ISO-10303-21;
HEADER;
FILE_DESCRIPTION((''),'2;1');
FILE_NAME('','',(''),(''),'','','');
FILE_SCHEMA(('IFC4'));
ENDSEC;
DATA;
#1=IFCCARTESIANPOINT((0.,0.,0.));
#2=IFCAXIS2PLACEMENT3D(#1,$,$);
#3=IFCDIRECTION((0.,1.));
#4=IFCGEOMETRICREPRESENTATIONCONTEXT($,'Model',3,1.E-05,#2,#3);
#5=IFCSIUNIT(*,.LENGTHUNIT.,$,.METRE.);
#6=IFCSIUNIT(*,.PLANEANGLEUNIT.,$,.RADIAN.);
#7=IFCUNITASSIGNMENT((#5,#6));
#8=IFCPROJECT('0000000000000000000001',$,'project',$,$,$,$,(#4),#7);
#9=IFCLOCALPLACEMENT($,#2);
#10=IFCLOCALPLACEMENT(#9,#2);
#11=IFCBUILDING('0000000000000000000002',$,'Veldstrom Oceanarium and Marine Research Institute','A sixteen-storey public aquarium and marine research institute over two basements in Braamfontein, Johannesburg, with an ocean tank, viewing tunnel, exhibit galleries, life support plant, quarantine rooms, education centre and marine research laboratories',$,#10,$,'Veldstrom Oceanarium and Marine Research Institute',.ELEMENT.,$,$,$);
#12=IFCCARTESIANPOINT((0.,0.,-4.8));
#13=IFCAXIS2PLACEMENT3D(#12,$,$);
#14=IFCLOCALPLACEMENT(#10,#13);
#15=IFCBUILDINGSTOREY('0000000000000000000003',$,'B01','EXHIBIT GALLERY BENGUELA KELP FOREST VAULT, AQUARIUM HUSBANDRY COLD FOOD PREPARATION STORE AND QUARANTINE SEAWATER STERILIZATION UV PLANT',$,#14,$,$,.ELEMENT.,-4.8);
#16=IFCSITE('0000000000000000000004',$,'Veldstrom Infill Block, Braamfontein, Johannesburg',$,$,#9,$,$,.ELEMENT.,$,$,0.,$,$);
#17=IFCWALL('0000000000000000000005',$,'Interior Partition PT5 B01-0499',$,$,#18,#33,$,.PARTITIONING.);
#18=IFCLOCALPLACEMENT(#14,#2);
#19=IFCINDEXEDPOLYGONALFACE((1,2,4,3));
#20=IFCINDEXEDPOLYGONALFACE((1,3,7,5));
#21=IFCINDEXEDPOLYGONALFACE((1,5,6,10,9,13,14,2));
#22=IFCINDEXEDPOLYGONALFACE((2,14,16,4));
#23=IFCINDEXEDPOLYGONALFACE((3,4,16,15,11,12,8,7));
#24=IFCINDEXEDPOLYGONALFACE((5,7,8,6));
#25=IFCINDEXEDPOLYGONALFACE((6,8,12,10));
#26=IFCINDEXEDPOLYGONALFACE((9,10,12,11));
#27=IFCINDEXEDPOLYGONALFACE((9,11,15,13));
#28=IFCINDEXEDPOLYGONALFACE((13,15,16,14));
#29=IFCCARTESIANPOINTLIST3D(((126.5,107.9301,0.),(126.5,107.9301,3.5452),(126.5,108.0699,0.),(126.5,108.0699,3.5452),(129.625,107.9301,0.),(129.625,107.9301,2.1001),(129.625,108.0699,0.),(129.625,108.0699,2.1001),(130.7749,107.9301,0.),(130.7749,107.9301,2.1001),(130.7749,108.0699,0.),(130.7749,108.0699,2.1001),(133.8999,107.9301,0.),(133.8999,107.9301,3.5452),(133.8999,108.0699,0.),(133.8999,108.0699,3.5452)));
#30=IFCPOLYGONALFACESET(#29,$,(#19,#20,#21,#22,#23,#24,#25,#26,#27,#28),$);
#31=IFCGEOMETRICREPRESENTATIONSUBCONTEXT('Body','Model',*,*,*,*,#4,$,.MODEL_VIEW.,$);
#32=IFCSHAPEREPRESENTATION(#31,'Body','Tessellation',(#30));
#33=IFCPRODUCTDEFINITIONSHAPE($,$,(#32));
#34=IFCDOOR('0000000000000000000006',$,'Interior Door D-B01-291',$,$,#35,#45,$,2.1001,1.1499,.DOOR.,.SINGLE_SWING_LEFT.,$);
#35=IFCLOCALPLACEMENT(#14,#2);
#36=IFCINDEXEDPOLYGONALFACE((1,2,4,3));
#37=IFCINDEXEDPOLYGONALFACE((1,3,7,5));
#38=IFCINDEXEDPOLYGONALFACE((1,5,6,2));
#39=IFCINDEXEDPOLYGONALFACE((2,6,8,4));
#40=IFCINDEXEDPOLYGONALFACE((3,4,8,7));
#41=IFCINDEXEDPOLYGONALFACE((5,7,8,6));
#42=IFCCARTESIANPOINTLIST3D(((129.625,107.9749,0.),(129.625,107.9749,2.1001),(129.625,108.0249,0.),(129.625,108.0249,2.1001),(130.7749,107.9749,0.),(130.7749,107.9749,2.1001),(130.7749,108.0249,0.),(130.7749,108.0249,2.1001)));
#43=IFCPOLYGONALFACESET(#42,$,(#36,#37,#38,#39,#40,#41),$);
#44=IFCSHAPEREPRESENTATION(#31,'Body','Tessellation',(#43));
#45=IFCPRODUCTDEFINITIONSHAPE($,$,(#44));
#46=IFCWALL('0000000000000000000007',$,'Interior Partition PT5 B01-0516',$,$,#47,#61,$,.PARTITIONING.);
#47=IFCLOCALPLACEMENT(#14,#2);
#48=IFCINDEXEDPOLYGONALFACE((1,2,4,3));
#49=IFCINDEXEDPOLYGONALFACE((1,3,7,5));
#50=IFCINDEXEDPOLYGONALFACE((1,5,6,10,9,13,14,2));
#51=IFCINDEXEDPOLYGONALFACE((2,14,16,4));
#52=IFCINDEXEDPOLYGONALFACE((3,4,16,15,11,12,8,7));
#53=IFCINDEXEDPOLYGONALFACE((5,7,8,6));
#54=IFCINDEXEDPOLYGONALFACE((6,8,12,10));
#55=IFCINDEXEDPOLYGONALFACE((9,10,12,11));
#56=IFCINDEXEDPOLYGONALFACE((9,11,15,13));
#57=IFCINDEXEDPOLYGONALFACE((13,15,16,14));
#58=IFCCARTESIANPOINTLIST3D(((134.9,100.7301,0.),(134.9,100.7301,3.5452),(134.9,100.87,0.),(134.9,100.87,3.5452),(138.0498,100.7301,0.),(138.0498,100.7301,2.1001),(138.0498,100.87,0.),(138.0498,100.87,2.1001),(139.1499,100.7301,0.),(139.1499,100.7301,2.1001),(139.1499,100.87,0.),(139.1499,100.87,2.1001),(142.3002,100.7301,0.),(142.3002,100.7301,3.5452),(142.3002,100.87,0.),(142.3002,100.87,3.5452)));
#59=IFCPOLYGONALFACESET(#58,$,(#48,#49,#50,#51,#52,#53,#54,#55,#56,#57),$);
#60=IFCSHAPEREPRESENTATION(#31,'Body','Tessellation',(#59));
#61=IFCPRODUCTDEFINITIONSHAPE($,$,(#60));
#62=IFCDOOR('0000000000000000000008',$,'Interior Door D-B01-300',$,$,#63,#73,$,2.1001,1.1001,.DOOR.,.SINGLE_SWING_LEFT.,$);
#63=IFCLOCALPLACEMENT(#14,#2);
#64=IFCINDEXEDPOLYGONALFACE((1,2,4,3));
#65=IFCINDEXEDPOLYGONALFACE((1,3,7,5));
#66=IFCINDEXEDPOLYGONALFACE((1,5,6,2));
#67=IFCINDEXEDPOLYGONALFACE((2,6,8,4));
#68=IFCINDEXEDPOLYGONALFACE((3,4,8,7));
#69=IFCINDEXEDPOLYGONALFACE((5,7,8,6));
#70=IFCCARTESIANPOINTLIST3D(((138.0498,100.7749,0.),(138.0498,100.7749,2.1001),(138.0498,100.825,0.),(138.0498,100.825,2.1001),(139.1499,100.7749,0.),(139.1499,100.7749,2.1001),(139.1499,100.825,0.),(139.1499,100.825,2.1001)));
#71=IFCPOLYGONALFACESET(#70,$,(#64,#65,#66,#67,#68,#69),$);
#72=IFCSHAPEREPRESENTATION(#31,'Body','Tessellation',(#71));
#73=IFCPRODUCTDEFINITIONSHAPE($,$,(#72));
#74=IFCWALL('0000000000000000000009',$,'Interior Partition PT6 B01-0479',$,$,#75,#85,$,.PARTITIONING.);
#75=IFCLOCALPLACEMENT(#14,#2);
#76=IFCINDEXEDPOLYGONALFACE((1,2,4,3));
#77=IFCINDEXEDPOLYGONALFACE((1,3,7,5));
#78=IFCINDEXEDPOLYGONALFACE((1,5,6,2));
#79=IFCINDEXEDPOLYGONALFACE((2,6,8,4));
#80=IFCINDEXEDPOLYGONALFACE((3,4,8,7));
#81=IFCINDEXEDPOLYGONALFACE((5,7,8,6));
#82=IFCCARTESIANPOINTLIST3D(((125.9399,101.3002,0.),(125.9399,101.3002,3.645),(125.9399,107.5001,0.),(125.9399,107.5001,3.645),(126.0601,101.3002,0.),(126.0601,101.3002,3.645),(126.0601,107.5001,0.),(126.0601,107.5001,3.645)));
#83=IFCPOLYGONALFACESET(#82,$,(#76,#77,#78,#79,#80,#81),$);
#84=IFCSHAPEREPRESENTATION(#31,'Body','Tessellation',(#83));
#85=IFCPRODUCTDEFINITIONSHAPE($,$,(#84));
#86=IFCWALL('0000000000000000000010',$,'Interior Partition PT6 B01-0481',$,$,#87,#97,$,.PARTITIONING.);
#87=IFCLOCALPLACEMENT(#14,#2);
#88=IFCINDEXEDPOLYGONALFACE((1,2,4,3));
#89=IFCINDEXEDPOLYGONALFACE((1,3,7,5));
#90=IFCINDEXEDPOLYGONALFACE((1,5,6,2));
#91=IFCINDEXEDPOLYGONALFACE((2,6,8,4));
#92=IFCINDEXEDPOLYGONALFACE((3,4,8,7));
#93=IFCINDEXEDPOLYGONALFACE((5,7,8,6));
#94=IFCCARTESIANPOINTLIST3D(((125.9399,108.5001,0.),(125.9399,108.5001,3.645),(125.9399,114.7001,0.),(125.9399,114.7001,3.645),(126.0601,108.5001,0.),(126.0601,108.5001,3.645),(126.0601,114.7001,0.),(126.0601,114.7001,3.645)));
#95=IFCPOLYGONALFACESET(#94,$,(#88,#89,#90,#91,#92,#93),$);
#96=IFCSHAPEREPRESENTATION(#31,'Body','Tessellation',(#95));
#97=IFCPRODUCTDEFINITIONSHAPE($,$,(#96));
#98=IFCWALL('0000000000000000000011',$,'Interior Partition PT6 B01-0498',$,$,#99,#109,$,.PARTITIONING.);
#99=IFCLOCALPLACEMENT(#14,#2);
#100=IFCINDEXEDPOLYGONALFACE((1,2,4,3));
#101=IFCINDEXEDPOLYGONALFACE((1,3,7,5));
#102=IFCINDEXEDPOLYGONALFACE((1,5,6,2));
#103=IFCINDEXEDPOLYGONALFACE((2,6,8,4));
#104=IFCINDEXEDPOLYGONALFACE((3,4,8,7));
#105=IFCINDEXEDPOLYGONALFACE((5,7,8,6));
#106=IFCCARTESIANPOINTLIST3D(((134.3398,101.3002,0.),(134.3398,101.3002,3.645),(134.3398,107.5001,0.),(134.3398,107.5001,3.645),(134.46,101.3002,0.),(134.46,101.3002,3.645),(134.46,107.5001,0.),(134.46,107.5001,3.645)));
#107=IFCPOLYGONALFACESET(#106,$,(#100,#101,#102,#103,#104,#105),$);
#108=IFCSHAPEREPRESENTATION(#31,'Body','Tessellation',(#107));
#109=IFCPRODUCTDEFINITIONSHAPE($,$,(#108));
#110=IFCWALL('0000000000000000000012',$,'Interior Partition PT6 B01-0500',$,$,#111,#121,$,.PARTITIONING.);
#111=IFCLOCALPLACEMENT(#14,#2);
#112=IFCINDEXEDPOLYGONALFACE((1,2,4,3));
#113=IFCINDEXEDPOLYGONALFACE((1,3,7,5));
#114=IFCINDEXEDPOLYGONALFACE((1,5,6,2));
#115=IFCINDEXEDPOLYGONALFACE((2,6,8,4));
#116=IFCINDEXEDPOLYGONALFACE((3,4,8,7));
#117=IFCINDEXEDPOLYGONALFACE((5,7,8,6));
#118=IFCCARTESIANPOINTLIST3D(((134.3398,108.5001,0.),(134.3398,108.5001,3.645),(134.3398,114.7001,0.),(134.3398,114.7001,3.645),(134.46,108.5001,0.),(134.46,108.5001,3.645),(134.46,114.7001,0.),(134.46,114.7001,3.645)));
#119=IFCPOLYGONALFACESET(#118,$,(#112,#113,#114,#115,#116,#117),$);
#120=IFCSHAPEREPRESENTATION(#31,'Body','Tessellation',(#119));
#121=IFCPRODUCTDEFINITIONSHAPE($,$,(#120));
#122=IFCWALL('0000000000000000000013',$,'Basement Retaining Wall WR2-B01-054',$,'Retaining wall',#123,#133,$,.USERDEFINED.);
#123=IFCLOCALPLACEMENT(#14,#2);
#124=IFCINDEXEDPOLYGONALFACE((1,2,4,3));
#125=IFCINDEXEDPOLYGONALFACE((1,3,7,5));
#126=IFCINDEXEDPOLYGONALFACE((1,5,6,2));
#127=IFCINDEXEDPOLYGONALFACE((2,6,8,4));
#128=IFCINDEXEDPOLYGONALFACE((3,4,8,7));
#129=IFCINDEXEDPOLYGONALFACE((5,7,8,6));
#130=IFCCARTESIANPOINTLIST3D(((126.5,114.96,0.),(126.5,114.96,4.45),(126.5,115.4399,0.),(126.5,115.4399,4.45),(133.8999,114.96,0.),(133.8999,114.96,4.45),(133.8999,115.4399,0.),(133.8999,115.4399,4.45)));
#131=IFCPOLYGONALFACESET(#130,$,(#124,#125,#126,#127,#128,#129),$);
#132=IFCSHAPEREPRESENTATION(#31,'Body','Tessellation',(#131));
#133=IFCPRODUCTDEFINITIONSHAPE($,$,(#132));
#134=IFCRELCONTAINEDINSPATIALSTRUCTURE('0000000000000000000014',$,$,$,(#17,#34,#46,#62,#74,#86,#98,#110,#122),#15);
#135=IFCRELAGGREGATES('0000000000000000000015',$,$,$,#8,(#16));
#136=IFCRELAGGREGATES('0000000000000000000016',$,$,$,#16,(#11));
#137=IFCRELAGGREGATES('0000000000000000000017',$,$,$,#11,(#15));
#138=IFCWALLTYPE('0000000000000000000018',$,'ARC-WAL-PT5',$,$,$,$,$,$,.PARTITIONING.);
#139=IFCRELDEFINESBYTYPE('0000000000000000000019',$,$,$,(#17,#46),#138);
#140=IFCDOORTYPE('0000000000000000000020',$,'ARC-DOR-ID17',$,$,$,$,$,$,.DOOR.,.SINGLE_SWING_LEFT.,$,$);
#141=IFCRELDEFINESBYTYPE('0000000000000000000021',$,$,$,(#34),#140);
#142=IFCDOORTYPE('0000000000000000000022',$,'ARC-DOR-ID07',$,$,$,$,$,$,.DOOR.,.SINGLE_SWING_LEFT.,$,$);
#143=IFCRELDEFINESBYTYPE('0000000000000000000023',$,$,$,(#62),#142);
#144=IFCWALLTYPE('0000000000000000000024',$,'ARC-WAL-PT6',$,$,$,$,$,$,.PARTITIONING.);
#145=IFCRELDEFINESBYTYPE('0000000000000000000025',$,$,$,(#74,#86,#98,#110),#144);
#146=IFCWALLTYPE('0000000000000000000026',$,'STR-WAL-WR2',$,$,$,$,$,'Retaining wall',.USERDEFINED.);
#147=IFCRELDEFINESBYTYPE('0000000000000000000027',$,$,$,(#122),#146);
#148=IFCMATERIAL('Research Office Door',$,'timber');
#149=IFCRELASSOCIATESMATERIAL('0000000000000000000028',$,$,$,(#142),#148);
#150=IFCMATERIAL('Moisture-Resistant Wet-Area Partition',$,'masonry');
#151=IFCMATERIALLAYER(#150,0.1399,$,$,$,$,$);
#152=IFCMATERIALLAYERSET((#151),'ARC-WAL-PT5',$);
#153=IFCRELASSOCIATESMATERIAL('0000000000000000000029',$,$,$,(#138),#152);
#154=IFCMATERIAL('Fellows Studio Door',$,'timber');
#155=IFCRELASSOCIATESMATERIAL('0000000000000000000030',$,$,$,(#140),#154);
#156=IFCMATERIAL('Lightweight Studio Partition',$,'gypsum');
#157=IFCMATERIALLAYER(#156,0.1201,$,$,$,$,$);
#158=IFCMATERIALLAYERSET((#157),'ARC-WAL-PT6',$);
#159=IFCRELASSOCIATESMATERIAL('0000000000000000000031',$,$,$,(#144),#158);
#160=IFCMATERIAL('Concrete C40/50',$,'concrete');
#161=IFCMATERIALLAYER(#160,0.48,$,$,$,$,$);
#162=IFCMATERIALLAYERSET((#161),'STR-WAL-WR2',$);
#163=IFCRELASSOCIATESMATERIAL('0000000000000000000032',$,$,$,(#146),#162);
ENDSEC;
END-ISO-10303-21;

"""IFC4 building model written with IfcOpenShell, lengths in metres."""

from ifc_helpers import new_model, si_unit, direction, frame, frame_2d, origin, place, context, subcontext, project, spatial, rectangle, extrude, material, layer, layer_set, type_object, element, fill, save


model = new_model("IFC4")

# Units and contexts
model_context = context("Model", 3, precision=1e-05, world=origin(), true_north=direction((0.0, 1.0)))
body_context = subcontext(model_context, "Body", "Model", "MODEL_VIEW")
ifc_project = project(units=[si_unit("LENGTHUNIT", "METRE"), si_unit("PLANEANGLEUNIT", "RADIAN")], contexts=[model_context])

# Site, building, storey
site_placement = place(None, origin())
site = spatial("IfcSite", under=ifc_project, at=site_placement, Name="Veldstrom Infill Block, Braamfontein, Johannesburg", CompositionType="ELEMENT", RefElevation=0.0)
building_placement = place(site_placement, origin())
building = spatial("IfcBuilding", under=site, at=building_placement, Name="Veldstrom Oceanarium and Marine Research Institute", Description="A sixteen-storey public aquarium and marine research institute over two basements in Braamfontein, Johannesburg, with an ocean tank, viewing tunnel, exhibit galleries, life support plant, quarantine rooms, education centre and marine research laboratories", LongName="Veldstrom Oceanarium and Marine Research Institute", CompositionType="ELEMENT")
storey_placement = place(building_placement, frame((0.0, 0.0, -4.8)))
storey = spatial("IfcBuildingStorey", under=building, at=storey_placement, Name="B01", Description="EXHIBIT GALLERY BENGUELA KELP FOREST VAULT, AQUARIUM HUSBANDRY COLD FOOD PREPARATION STORE AND QUARANTINE SEAWATER STERILIZATION UV PLANT", CompositionType="ELEMENT", Elevation=-4.8)

# Walls, openings, doors
ifc_material_1 = material(Name="Research Office Door", Category="timber")
door_type_1 = type_object("IfcDoorType", Name="ARC-DOR-ID07", OperationType="SINGLE_SWING_LEFT", PredefinedType="DOOR", material=ifc_material_1)
ifc_material_2 = material(Name="Moisture-Resistant Wet-Area Partition", Category="masonry")
ifc_layer_1 = layer(ifc_material_2, 0.1399)
ifc_layer_set_1 = layer_set([ifc_layer_1], Name="ARC-WAL-PT5")
wall_type_1 = type_object("IfcWallType", Name="ARC-WAL-PT5", PredefinedType="PARTITIONING", material=ifc_layer_set_1)
wall_1_placement = place(storey_placement, frame((126.5, 108.0, 0.0), z_axis=(0.0, 0.0, 1.0), x_axis=(1.0, 0.0, 0.0)))
wall_1 = element("IfcWall", 1, at=wall_1_placement, inside=storey, type_object=wall_type_1, Name="Interior Partition PT5 B01-0499", PredefinedType="PARTITIONING", context=body_context, shape_type="SweptSolid", body=[
    extrude(rectangle(XDim=7.3999, YDim=0.1399, at=frame_2d((3.7, 0.0))), origin(), (0.0, 0.0, 1.0), 3.5452),
])
opening_1_placement = place(wall_1_placement, frame((3.125, 0.0, 0.0)))
opening_1 = element("IfcOpeningElement", 2, at=opening_1_placement, cuts=wall_1, PredefinedType="OPENING", context=body_context, shape_type="SweptSolid", body=[
    extrude(rectangle(XDim=1.1499, YDim=2.1001, at=frame_2d((0.575, 1.05))), frame((0.0, 0.0798, 0.0), z_axis=(0.0, -1.0, 0.0), x_axis=(1.0, 0.0, 0.0)), (0.0, 0.0, 1.0), 0.1599),
])
ifc_material_3 = material(Name="Fellows Studio Door", Category="timber")
door_type_2 = type_object("IfcDoorType", Name="ARC-DOR-ID17", OperationType="SINGLE_SWING_LEFT", PredefinedType="DOOR", material=ifc_material_3)
door_1_placement = place(opening_1_placement, origin())
door_1 = element("IfcDoor", 3, at=door_1_placement, inside=storey, type_object=door_type_2, Name="Interior Door D-B01-291", OperationType="SINGLE_SWING_LEFT", OverallHeight=2.1001, OverallWidth=1.1499, PredefinedType="DOOR", context=body_context, shape_type="SweptSolid", body=[
    extrude(rectangle(XDim=1.1499, YDim=2.1001, at=frame_2d((0.575, 1.05))), frame((0.0, 0.0249, 0.0), z_axis=(0.0, -1.0, 0.0), x_axis=(1.0, 0.0, 0.0)), (0.0, 0.0, 1.0), 0.05),
])
fill(opening_1, door_1)
wall_2_placement = place(storey_placement, frame((134.8999, 100.8, 0.0), z_axis=(0.0, 0.0, 1.0), x_axis=(1.0, 0.0, 0.0)))
wall_2 = element("IfcWall", 4, at=wall_2_placement, inside=storey, type_object=wall_type_1, Name="Interior Partition PT5 B01-0516", PredefinedType="PARTITIONING", context=body_context, shape_type="SweptSolid", body=[
    extrude(rectangle(XDim=7.4001, YDim=0.1399, at=frame_2d((3.7002, 0.0))), origin(), (0.0, 0.0, 1.0), 3.5452),
])
opening_2_placement = place(wall_2_placement, frame((3.1499, 0.0, 0.0)))
opening_2 = element("IfcOpeningElement", 5, at=opening_2_placement, cuts=wall_2, PredefinedType="OPENING", context=body_context, shape_type="SweptSolid", body=[
    extrude(rectangle(XDim=1.1001, YDim=2.1001, at=frame_2d((0.55, 1.05))), frame((0.0, 0.0798, 0.0), z_axis=(0.0, -1.0, 0.0), x_axis=(1.0, 0.0, 0.0)), (0.0, 0.0, 1.0), 0.1599),
])
door_2_placement = place(opening_2_placement, origin())
door_2 = element("IfcDoor", 6, at=door_2_placement, inside=storey, type_object=door_type_1, Name="Interior Door D-B01-300", OperationType="SINGLE_SWING_LEFT", OverallHeight=2.1001, OverallWidth=1.1001, PredefinedType="DOOR", context=body_context, shape_type="SweptSolid", body=[
    extrude(rectangle(XDim=1.1001, YDim=2.1001, at=frame_2d((0.55, 1.05))), frame((0.0, 0.0249, 0.0), z_axis=(0.0, -1.0, 0.0), x_axis=(1.0, 0.0, 0.0)), (0.0, 0.0, 1.0), 0.05),
])
fill(opening_2, door_2)

# Walls
ifc_material_4 = material(Name="Lightweight Studio Partition", Category="gypsum")
ifc_layer_2 = layer(ifc_material_4, 0.1201)
ifc_layer_set_2 = layer_set([ifc_layer_2], Name="ARC-WAL-PT6")
wall_type_2 = type_object("IfcWallType", Name="ARC-WAL-PT6", PredefinedType="PARTITIONING", material=ifc_layer_set_2)
for number, where, z_axis, x_axis, name in (
    (7, (126.0, 101.3, 0.0), (0.0, 0.0, 1.0), (0.0, 1.0, 0.0), "Interior Partition PT6 B01-0479"),
    (8, (126.0, 108.5, 0.0), (0.0, 0.0, 1.0), (0.0, 1.0, 0.0), "Interior Partition PT6 B01-0481"),
    (9, (134.3999, 101.3, 0.0), (0.0, 0.0, 1.0), (0.0, 1.0, 0.0), "Interior Partition PT6 B01-0498"),
    (10, (134.3999, 108.5, 0.0), (0.0, 0.0, 1.0), (0.0, 1.0, 0.0), "Interior Partition PT6 B01-0500"),
):
    element("IfcWall", number, at=place(storey_placement, frame(where, z_axis=z_axis, x_axis=x_axis)), inside=storey, type_object=wall_type_2, Name=name, PredefinedType="PARTITIONING", context=body_context, shape_type="SweptSolid", body=[
        extrude(rectangle(XDim=6.2, YDim=0.1201, at=frame_2d((3.1001, 0.0))), origin(), (0.0, 0.0, 1.0), 3.645),
    ])
ifc_material_5 = material(Name="Concrete C40/50", Category="concrete")
ifc_layer_3 = layer(ifc_material_5, 0.48)
ifc_layer_set_3 = layer_set([ifc_layer_3], Name="STR-WAL-WR2")
wall_type_3 = type_object("IfcWallType", Name="STR-WAL-WR2", ElementType="Retaining wall", PredefinedType="USERDEFINED", material=ifc_layer_set_3)
wall_3_placement = place(storey_placement, frame((126.5, 115.2, 0.0), z_axis=(0.0, 0.0, 1.0), x_axis=(1.0, 0.0, 0.0)))
element("IfcWall", 11, at=wall_3_placement, inside=storey, type_object=wall_type_3, Name="Basement Retaining Wall WR2-B01-054", ObjectType="Retaining wall", PredefinedType="USERDEFINED", context=body_context, shape_type="SweptSolid", body=[
    extrude(rectangle(XDim=7.3999, YDim=0.48, at=frame_2d((3.7, 0.0))), origin(), (0.0, 0.0, 1.0), 4.45),
])

save(model, "model.ifc")
